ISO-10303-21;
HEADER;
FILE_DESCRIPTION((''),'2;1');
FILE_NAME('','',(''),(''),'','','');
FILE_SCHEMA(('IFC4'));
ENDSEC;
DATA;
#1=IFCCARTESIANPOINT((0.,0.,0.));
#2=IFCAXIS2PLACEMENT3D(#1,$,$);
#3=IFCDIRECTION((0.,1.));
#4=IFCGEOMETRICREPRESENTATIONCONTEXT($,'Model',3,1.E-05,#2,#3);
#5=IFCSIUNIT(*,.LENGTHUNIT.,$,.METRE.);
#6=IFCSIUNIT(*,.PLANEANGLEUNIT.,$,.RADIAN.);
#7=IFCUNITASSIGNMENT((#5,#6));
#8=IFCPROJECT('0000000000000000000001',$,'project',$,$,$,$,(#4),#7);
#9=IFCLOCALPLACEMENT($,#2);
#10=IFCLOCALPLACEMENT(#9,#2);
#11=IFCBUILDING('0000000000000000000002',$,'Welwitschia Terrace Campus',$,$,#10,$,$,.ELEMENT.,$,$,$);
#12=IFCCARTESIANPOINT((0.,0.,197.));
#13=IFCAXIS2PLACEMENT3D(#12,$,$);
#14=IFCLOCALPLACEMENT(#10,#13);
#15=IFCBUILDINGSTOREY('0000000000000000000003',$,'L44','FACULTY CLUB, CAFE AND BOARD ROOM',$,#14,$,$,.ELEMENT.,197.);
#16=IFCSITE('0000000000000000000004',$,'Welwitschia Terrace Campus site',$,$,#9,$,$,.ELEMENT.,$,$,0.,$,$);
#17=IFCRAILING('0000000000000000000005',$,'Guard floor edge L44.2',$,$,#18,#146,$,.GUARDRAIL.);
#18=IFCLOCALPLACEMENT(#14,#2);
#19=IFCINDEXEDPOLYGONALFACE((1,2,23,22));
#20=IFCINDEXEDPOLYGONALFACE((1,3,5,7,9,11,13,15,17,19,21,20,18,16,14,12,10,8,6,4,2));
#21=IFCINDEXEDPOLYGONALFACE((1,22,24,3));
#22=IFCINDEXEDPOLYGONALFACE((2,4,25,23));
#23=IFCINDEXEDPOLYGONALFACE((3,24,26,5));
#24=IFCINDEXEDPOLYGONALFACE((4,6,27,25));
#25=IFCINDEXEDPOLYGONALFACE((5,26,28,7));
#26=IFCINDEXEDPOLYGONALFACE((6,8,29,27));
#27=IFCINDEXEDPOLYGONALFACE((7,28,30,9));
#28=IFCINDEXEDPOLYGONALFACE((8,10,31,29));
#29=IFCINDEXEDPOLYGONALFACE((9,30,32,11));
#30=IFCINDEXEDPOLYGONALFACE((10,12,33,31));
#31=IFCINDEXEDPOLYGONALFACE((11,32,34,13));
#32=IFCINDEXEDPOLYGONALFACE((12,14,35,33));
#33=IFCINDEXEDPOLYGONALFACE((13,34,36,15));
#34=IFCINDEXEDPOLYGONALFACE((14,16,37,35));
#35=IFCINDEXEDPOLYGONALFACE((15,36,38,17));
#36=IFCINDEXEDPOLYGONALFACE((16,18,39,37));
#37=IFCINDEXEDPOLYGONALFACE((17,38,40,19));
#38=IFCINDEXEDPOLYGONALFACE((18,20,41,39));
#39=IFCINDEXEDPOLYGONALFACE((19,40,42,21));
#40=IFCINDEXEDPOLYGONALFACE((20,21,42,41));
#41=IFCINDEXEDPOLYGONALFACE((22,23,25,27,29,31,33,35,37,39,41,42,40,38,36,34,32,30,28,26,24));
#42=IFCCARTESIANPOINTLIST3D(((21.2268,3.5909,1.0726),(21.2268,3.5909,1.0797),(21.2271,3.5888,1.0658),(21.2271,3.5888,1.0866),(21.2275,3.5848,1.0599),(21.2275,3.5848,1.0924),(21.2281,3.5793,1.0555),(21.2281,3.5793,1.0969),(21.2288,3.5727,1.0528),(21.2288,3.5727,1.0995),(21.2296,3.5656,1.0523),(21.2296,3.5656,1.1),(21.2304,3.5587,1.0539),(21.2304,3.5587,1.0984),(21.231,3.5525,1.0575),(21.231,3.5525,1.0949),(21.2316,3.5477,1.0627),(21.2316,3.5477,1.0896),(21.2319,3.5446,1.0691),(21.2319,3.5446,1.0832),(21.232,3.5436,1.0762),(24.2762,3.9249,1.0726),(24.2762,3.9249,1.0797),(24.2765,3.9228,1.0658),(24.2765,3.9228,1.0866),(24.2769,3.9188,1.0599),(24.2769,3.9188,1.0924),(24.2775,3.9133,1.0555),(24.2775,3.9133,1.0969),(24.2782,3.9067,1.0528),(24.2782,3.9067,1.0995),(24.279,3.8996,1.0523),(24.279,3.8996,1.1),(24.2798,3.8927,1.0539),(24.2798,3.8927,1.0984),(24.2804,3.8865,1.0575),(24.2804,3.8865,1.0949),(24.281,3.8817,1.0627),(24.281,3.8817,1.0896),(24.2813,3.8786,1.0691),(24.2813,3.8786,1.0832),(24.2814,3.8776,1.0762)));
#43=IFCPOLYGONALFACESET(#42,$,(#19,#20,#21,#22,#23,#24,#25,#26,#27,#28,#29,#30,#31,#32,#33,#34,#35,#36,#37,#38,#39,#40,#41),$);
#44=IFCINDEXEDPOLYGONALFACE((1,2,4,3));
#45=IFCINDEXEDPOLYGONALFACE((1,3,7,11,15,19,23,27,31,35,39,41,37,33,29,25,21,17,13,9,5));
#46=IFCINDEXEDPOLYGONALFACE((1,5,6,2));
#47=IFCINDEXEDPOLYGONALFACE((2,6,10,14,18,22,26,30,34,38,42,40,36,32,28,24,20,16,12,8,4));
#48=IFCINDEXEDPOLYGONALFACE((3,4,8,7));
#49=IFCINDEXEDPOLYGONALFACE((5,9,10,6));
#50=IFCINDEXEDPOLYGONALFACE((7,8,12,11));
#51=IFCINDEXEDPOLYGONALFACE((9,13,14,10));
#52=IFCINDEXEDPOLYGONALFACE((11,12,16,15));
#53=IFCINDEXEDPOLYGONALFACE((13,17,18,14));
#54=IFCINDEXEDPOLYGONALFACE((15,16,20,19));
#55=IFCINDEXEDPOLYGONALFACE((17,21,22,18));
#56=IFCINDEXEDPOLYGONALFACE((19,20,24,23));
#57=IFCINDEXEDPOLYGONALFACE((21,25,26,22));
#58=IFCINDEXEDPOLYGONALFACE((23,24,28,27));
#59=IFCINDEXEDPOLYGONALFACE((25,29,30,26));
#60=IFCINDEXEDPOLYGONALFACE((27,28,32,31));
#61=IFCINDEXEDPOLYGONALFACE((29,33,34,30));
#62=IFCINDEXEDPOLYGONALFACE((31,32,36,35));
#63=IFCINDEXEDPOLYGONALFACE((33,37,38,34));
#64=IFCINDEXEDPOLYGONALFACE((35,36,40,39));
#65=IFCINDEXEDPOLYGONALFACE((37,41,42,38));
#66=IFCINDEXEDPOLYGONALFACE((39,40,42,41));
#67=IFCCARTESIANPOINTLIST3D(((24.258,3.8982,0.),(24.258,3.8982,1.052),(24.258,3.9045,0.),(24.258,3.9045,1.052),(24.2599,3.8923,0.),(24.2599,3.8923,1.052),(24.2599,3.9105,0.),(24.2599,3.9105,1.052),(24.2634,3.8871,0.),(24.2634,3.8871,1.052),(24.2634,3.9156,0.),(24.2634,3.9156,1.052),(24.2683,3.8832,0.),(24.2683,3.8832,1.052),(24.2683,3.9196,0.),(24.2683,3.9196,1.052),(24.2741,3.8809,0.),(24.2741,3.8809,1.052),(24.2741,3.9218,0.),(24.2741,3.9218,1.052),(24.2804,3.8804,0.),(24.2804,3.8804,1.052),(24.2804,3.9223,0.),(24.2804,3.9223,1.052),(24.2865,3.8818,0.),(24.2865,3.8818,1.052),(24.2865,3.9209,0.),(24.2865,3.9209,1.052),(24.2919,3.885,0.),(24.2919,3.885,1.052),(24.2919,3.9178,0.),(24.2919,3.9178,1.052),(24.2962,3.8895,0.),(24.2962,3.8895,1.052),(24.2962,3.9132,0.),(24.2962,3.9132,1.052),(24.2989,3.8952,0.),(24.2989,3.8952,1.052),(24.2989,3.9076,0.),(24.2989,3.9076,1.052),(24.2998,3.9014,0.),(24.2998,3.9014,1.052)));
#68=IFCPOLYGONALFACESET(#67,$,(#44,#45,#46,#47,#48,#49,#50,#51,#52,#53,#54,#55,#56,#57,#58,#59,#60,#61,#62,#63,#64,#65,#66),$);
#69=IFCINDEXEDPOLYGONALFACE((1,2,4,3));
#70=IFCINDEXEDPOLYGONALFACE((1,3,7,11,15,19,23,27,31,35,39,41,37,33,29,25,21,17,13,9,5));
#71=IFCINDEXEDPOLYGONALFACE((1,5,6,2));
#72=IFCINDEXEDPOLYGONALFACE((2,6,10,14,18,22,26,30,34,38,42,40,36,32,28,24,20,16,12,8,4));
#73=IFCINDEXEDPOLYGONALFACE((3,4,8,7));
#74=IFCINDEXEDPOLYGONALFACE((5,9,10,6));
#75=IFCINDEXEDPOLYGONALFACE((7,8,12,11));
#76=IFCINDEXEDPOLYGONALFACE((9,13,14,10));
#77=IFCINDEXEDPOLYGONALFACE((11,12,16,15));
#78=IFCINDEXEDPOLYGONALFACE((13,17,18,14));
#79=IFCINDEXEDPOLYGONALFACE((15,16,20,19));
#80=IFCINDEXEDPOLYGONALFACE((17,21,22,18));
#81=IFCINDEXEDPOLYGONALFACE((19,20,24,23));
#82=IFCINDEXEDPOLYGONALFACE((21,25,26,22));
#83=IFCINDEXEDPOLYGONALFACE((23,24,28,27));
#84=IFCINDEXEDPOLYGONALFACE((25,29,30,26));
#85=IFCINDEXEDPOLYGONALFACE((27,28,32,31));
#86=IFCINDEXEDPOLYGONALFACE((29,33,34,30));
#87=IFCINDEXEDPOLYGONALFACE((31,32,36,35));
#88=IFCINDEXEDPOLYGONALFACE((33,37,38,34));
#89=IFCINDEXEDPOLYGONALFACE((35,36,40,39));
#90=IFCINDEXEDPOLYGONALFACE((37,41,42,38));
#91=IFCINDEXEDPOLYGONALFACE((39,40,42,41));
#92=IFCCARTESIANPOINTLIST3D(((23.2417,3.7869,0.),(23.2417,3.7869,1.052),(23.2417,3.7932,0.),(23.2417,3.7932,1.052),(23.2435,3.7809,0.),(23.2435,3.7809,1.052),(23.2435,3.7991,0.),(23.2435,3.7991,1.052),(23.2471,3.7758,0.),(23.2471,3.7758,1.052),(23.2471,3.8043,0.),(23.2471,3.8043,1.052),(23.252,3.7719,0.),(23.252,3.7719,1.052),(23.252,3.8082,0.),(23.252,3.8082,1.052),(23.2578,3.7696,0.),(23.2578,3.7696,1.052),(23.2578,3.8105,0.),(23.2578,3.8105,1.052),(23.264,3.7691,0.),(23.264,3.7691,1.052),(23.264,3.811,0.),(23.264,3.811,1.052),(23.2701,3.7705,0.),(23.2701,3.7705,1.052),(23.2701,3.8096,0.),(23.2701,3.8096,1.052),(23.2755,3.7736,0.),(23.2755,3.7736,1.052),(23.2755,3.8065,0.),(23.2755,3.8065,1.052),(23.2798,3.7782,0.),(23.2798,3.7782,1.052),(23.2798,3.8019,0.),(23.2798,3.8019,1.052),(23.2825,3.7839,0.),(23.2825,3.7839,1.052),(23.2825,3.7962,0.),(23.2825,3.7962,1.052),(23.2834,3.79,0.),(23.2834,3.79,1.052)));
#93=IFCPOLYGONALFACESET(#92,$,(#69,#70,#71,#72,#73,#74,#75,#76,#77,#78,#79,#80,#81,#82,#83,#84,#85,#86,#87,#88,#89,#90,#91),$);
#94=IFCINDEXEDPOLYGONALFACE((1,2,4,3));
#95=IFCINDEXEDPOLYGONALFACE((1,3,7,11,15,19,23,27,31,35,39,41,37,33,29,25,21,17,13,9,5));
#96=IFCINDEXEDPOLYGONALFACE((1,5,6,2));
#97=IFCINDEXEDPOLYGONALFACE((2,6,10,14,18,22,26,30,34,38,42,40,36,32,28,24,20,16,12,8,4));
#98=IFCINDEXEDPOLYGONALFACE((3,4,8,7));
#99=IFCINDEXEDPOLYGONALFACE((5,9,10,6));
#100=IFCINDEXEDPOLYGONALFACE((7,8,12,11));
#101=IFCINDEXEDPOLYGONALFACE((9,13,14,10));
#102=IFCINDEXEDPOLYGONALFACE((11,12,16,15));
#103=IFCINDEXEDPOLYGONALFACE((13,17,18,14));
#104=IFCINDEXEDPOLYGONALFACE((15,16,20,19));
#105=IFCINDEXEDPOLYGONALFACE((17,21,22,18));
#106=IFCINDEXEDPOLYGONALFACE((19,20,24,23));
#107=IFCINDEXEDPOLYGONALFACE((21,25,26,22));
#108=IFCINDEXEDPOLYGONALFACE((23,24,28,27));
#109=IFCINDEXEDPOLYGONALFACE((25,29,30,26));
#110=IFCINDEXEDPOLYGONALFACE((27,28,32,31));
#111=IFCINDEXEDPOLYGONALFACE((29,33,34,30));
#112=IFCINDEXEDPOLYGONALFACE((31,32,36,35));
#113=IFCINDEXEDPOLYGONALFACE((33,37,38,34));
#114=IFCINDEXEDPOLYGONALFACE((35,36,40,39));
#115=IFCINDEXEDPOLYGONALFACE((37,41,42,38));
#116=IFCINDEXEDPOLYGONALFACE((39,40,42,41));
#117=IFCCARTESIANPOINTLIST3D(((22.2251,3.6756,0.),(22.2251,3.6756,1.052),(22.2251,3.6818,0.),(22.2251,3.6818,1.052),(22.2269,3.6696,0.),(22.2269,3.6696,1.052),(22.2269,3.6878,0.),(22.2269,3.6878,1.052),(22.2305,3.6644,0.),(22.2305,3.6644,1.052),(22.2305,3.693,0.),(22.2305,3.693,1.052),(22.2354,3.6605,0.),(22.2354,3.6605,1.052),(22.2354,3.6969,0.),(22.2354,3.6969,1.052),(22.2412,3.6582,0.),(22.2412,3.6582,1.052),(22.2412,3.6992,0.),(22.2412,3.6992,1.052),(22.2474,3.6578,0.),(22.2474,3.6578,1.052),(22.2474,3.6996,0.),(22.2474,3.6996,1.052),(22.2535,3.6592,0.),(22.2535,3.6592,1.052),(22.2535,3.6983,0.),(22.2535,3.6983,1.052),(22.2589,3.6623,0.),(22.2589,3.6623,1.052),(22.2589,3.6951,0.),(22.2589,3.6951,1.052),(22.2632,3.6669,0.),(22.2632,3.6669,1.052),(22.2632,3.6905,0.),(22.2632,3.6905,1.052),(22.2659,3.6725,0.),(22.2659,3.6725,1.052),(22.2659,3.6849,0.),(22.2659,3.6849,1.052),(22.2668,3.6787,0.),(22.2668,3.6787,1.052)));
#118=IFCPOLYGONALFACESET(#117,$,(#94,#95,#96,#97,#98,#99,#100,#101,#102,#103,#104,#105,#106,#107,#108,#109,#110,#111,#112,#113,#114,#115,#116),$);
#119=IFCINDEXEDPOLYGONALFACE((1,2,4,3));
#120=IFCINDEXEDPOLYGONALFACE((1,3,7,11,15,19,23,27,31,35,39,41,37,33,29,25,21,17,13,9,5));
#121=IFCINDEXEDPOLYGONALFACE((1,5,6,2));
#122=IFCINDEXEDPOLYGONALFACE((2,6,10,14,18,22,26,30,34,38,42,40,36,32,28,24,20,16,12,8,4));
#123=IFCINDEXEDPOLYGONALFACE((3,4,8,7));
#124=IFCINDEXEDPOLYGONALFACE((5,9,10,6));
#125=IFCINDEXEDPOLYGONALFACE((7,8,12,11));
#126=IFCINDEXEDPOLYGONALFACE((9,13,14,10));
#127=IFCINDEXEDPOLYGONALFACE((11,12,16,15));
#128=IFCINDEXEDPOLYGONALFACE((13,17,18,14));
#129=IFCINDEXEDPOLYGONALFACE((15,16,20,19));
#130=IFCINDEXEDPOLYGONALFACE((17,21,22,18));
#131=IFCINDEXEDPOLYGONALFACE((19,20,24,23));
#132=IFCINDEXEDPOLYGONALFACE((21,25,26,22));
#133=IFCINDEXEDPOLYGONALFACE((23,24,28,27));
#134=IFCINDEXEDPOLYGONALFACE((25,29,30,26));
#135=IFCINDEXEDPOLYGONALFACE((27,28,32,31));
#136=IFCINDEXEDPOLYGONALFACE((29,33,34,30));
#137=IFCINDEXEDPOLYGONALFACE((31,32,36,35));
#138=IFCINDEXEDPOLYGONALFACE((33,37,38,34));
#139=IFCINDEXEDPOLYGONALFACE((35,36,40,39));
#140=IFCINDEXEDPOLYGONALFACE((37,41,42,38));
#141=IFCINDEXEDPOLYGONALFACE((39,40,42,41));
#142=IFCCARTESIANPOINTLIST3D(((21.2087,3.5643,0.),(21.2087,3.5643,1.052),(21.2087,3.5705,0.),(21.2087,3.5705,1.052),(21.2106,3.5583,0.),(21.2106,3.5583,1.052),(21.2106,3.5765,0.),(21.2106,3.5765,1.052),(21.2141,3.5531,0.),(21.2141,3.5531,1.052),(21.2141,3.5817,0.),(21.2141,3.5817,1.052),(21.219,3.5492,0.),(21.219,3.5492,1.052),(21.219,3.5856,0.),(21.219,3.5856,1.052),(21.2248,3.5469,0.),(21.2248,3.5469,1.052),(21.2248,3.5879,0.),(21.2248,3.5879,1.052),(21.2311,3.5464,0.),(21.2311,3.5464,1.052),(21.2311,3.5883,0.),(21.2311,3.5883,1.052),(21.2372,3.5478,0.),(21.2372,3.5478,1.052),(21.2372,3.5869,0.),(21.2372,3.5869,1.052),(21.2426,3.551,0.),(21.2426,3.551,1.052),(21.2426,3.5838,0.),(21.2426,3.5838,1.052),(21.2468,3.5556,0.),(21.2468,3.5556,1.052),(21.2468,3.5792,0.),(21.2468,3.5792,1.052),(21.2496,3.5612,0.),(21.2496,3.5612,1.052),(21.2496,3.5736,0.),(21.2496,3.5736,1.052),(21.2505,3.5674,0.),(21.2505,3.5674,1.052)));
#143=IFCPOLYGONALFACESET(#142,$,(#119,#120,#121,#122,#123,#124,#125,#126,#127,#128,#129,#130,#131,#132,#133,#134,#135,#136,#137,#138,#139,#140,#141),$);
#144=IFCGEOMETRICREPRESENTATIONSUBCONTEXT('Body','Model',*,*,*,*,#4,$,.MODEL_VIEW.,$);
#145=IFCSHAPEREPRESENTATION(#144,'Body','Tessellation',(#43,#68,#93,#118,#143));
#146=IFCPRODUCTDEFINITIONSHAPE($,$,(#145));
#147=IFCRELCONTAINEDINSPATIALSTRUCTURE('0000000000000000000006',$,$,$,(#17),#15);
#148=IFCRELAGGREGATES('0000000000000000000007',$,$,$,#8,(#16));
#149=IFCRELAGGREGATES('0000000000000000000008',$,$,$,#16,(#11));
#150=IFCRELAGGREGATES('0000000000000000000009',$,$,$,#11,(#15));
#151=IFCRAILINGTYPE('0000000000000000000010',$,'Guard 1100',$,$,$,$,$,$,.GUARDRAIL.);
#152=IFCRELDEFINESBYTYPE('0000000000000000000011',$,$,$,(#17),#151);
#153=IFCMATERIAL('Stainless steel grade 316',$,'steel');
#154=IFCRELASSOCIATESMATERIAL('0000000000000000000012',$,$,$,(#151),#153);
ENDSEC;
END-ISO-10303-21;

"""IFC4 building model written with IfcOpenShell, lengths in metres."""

from ifc_helpers import new_model, si_unit, direction, frame, origin, origin_2d, place, context, subcontext, project, spatial, circle, extrude, material, type_object, element, save


model = new_model("IFC4")

# Units and contexts
model_context = context("Model", 3, precision=1e-05, world=origin(), true_north=direction((0.0, 1.0)))
body_context = subcontext(model_context, "Body", "Model", "MODEL_VIEW")
ifc_project = project(units=[si_unit("LENGTHUNIT", "METRE"), si_unit("PLANEANGLEUNIT", "RADIAN")], contexts=[model_context])

# Site, building, storey
site_placement = place(None, origin())
site = spatial("IfcSite", under=ifc_project, at=site_placement, Name="Welwitschia Terrace Campus site", CompositionType="ELEMENT", RefElevation=0.0)
building_placement = place(site_placement, origin())
building = spatial("IfcBuilding", under=site, at=building_placement, Name="Welwitschia Terrace Campus", CompositionType="ELEMENT")
storey_placement = place(building_placement, frame((0.0, 0.0, 197.0)))
storey = spatial("IfcBuildingStorey", under=building, at=storey_placement, Name="L44", Description="FACULTY CLUB, CAFE AND BOARD ROOM", CompositionType="ELEMENT", Elevation=197.0)

# Railing
ifc_material_1 = material(Name="Stainless steel grade 316", Category="steel")
railing_type_1 = type_object("IfcRailingType", Name="Guard 1100", PredefinedType="GUARDRAIL", material=ifc_material_1)
railing_1_placement = place(storey_placement, frame((24.2788, 3.9014, 0.0)))
element("IfcRailing", 1, at=railing_1_placement, inside=storey, type_object=railing_type_1, Name="Guard floor edge L44.2", PredefinedType="GUARDRAIL", context=body_context, shape_type="SweptSolid", body=[
    extrude(circle(Radius=0.0239, at=origin_2d()), frame((0.0, 0.0, 1.0762), z_axis=(-0.994055, -0.108877, 0.0), x_axis=(0.108877, -0.994055, 0.0)), (0.0, 0.0, 1.0), 3.0676),
    extrude(circle(Radius=0.021, at=origin_2d()), origin(), (0.0, 0.0, 1.0), 1.052),
    extrude(circle(Radius=0.021, at=origin_2d()), frame((-1.0164, -0.1113, 0.0)), (0.0, 0.0, 1.0), 1.052),
    extrude(circle(Radius=0.021, at=origin_2d()), frame((-2.033, -0.2227, 0.0)), (0.0, 0.0, 1.0), 1.052),
    extrude(circle(Radius=0.021, at=origin_2d()), frame((-3.0493, -0.334, 0.0)), (0.0, 0.0, 1.0), 1.052),
])

save(model, "model.ifc")
